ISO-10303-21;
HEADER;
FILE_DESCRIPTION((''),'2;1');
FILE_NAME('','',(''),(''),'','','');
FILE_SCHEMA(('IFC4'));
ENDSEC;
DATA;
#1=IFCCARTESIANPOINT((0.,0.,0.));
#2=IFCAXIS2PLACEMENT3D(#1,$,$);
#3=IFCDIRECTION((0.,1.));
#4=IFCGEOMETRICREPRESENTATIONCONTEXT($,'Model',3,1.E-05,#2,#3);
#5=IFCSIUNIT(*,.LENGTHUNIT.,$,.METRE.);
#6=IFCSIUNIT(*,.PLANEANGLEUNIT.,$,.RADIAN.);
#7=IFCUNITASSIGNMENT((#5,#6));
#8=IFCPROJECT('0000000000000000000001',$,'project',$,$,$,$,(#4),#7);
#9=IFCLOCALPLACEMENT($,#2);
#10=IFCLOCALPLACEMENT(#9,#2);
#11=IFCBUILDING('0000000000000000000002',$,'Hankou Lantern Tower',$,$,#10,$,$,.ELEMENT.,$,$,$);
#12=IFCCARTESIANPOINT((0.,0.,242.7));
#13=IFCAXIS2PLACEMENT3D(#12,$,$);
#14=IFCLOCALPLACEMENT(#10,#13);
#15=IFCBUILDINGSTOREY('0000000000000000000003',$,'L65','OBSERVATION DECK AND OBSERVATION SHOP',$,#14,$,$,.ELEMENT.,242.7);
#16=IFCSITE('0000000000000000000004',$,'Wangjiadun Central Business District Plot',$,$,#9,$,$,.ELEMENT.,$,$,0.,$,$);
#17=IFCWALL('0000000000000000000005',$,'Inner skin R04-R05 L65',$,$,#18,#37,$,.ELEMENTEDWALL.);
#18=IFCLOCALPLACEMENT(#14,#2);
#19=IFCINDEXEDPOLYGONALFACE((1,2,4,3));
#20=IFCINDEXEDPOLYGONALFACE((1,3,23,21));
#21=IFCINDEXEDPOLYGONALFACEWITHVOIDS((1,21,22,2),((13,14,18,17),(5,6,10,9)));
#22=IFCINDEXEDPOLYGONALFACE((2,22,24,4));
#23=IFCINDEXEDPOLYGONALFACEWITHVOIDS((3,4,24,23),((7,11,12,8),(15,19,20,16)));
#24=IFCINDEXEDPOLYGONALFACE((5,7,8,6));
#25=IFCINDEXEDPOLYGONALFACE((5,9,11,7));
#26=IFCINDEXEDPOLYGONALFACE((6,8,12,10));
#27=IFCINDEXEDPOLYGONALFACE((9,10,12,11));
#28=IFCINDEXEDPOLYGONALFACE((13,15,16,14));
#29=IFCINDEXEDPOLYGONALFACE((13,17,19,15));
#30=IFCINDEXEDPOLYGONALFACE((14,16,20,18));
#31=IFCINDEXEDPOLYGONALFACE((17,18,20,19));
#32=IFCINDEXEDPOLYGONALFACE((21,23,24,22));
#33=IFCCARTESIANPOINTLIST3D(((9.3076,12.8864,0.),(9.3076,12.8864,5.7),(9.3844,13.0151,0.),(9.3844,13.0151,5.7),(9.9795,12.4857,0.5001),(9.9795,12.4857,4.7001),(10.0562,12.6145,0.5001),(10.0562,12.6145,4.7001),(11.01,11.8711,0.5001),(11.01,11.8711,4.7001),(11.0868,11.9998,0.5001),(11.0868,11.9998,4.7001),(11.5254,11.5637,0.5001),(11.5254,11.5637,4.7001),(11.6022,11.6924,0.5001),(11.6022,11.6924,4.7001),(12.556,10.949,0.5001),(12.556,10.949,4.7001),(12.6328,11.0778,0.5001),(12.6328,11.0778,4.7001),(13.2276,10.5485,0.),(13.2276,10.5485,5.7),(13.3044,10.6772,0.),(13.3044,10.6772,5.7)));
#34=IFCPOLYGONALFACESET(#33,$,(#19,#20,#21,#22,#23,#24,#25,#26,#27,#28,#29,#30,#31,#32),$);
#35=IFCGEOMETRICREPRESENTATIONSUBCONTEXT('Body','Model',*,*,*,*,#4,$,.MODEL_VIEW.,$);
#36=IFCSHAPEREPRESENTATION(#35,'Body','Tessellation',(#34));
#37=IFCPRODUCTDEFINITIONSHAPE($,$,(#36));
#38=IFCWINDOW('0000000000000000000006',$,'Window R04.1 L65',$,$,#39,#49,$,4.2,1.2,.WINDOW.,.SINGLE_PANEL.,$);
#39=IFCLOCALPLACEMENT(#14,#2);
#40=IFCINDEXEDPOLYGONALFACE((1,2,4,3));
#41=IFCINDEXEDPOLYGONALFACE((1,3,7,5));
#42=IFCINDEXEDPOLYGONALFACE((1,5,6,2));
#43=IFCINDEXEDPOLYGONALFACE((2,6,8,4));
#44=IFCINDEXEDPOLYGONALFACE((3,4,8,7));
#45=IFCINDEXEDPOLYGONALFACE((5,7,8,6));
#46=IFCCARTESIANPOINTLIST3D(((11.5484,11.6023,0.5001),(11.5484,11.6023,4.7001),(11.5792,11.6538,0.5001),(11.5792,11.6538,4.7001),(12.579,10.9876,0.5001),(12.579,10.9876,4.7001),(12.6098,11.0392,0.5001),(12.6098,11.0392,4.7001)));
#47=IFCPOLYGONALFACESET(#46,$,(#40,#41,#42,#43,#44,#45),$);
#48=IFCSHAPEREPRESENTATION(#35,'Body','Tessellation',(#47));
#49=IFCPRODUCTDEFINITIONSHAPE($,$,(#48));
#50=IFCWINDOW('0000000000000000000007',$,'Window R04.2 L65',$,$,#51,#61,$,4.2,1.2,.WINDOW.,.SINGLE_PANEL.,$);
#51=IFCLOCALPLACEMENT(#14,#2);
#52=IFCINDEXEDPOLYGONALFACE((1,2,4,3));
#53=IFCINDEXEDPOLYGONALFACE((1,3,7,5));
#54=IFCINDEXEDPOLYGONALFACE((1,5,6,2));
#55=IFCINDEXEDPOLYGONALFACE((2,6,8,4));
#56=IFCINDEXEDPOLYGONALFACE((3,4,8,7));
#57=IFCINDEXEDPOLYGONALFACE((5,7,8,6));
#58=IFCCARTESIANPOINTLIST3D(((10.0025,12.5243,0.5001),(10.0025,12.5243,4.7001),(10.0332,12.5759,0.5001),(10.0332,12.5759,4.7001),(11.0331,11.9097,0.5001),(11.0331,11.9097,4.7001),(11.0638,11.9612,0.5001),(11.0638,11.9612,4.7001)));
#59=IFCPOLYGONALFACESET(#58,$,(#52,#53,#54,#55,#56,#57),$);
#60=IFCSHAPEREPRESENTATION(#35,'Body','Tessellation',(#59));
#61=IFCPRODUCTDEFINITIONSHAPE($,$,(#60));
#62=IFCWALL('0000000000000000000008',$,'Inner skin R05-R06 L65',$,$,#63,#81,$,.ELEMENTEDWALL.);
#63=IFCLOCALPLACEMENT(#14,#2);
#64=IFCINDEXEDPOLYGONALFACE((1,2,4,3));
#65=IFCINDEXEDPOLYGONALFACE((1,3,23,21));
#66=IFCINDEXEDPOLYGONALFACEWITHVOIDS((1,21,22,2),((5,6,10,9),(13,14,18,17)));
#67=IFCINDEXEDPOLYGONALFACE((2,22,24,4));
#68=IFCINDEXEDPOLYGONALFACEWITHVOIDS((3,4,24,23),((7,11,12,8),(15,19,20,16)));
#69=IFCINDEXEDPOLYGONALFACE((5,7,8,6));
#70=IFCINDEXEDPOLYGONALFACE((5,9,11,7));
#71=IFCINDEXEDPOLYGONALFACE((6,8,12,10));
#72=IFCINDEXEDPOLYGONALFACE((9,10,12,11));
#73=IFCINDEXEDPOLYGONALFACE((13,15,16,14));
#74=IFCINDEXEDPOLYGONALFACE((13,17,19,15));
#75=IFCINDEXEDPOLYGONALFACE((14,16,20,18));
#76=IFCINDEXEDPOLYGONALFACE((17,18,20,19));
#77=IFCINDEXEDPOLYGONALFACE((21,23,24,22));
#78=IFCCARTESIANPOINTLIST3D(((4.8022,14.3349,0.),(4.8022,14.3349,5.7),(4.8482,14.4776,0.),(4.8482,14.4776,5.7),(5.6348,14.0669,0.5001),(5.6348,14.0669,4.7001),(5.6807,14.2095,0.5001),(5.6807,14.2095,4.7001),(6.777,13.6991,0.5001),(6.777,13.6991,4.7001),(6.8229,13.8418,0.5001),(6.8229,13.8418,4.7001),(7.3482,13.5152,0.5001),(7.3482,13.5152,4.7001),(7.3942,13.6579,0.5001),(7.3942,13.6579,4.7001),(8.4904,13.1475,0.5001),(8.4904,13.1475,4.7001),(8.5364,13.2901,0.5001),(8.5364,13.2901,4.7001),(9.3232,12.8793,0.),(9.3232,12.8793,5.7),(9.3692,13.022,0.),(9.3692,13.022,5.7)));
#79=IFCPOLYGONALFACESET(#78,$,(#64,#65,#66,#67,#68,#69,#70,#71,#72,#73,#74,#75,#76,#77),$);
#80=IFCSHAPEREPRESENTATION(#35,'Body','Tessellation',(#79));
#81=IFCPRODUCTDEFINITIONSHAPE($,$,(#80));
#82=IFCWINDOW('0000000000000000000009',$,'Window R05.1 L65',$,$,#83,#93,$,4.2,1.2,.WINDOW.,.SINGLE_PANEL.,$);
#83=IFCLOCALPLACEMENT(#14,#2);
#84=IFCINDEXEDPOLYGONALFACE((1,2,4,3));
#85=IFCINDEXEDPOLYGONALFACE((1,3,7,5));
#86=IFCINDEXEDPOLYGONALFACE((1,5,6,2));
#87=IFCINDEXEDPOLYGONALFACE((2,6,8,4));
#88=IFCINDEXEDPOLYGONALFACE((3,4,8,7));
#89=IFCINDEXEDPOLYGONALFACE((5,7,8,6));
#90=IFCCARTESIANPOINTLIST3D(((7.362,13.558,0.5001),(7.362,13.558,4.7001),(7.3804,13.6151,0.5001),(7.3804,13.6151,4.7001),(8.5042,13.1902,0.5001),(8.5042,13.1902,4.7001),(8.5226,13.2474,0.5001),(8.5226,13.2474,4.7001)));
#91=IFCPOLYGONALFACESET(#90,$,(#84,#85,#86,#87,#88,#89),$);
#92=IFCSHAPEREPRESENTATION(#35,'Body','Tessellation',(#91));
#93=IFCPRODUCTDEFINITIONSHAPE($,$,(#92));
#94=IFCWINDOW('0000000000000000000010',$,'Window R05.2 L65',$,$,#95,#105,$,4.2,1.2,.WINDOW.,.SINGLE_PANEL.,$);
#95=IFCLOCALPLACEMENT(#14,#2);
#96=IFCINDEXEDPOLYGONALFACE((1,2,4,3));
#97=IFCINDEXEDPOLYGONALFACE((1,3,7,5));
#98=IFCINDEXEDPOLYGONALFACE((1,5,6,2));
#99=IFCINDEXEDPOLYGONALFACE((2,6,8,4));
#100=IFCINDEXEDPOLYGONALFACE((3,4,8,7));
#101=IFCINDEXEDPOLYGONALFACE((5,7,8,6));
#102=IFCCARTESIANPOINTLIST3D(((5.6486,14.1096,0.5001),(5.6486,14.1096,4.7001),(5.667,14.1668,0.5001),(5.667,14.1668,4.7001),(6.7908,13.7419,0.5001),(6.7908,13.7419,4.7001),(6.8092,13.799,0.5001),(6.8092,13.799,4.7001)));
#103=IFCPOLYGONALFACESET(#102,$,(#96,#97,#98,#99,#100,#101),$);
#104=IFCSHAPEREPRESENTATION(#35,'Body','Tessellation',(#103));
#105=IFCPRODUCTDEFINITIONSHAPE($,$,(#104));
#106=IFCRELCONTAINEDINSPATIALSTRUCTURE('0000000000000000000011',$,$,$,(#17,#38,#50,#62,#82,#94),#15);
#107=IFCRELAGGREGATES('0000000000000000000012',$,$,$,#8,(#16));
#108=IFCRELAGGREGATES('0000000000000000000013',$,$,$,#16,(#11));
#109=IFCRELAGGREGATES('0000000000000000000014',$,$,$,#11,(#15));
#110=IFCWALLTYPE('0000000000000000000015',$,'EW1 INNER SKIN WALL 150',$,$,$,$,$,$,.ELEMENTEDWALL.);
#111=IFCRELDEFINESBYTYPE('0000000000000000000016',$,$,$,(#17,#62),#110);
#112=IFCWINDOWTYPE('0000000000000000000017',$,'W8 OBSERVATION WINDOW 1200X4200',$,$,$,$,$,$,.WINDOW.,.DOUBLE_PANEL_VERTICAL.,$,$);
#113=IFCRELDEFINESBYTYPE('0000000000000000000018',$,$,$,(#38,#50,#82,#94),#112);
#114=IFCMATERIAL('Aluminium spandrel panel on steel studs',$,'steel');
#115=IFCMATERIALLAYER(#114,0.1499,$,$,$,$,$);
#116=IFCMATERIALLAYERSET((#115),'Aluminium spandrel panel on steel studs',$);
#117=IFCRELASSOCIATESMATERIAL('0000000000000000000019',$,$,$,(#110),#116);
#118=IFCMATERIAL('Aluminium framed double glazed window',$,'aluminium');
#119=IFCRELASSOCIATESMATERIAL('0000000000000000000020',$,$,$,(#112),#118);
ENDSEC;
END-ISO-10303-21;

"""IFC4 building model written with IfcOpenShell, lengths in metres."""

from ifc_helpers import new_model, si_unit, direction, frame, frame_2d, origin, place, context, subcontext, project, spatial, rectangle, extrude, material, layer, layer_set, type_object, element, fill, save


model = new_model("IFC4")

# Units and contexts
model_context = context("Model", 3, precision=1e-05, world=origin(), true_north=direction((0.0, 1.0)))
body_context = subcontext(model_context, "Body", "Model", "MODEL_VIEW")
ifc_project = project(units=[si_unit("LENGTHUNIT", "METRE"), si_unit("PLANEANGLEUNIT", "RADIAN")], contexts=[model_context])

# Site, building, storey
site_placement = place(None, origin())
site = spatial("IfcSite", under=ifc_project, at=site_placement, Name="Wangjiadun Central Business District Plot", CompositionType="ELEMENT", RefElevation=0.0)
building_placement = place(site_placement, origin())
building = spatial("IfcBuilding", under=site, at=building_placement, Name="Hankou Lantern Tower", CompositionType="ELEMENT")
storey_placement = place(building_placement, frame((0.0, 0.0, 242.7)))
storey = spatial("IfcBuildingStorey", under=building, at=storey_placement, Name="L65", Description="OBSERVATION DECK AND OBSERVATION SHOP", CompositionType="ELEMENT", Elevation=242.7)

# Walls, openings, windows
ifc_material_1 = material(Name="Aluminium spandrel panel on steel studs", Category="steel")
ifc_layer_1 = layer(ifc_material_1, 0.1499)
ifc_layer_set_1 = layer_set([ifc_layer_1], Name="Aluminium spandrel panel on steel studs")
wall_type = type_object("IfcWallType", Name="EW1 INNER SKIN WALL 150", PredefinedType="ELEMENTEDWALL", material=ifc_layer_set_1)
ifc_material_2 = material(Name="Aluminium framed double glazed window", Category="aluminium")
window_type = type_object("IfcWindowType", Name="W8 OBSERVATION WINDOW 1200X4200", PartitioningType="DOUBLE_PANEL_VERTICAL", PredefinedType="WINDOW", material=ifc_material_2)
wall_1_placement = place(storey_placement, frame((13.2661, 10.6128, 0.0), z_axis=(0.0, 0.0, 1.0), x_axis=(-0.858849, 0.512228, 0.0)))
wall_1 = element("IfcWall", 1, at=wall_1_placement, inside=storey, type_object=wall_type, Name="Inner skin R04-R05 L65", PredefinedType="ELEMENTEDWALL", context=body_context, shape_type="SweptSolid", body=[
    extrude(rectangle(XDim=4.5642, YDim=0.1499, at=frame_2d((2.2822, 0.0))), origin(), (0.0, 0.0, 1.0), 5.7),
])
opening_1_placement = place(wall_1_placement, frame((0.782, 0.0, 0.5)))
opening_1 = element("IfcOpeningElement", 2, at=opening_1_placement, cuts=wall_1, PredefinedType="OPENING", context=body_context, shape_type="SweptSolid", body=[
    extrude(rectangle(XDim=1.2, YDim=4.2, at=frame_2d((0.6001, 2.1001))), frame((0.0, 0.085, 0.0), z_axis=(0.0, -1.0, 0.0), x_axis=(1.0, 0.0, 0.0)), (0.0, 0.0, 1.0), 0.1699),
])
opening_2_placement = place(wall_1_placement, frame((2.582, 0.0, 0.5)))
opening_2 = element("IfcOpeningElement", 3, at=opening_2_placement, cuts=wall_1, PredefinedType="OPENING", context=body_context, shape_type="SweptSolid", body=[
    extrude(rectangle(XDim=1.2, YDim=4.2, at=frame_2d((0.6001, 2.1001))), frame((0.0, 0.085, 0.0), z_axis=(0.0, -1.0, 0.0), x_axis=(1.0, 0.0, 0.0)), (0.0, 0.0, 1.0), 0.1699),
])
window_1_placement = place(opening_1_placement, origin())
window_1 = element("IfcWindow", 4, at=window_1_placement, inside=storey, type_object=window_type, Name="Window R04.1 L65", OverallHeight=4.2, OverallWidth=1.2, PartitioningType="SINGLE_PANEL", PredefinedType="WINDOW", context=body_context, shape_type="SweptSolid", body=[
    extrude(rectangle(XDim=1.2, YDim=4.2, at=frame_2d((0.6001, 2.1001))), frame((0.0, 0.03, 0.0), z_axis=(0.0, -1.0, 0.0), x_axis=(1.0, 0.0, 0.0)), (0.0, 0.0, 1.0), 0.0601),
])
fill(opening_1, window_1)
window_2_placement = place(opening_2_placement, origin())
window_2 = element("IfcWindow", 5, at=window_2_placement, inside=storey, type_object=window_type, Name="Window R04.2 L65", OverallHeight=4.2, OverallWidth=1.2, PartitioningType="SINGLE_PANEL", PredefinedType="WINDOW", context=body_context, shape_type="SweptSolid", body=[
    extrude(rectangle(XDim=1.2, YDim=4.2, at=frame_2d((0.6001, 2.1001))), frame((0.0, 0.03, 0.0), z_axis=(0.0, -1.0, 0.0), x_axis=(1.0, 0.0, 0.0)), (0.0, 0.0, 1.0), 0.0601),
])
fill(opening_2, window_2)
wall_2_placement = place(storey_placement, frame((9.3462, 12.9507, 0.0), z_axis=(0.0, 0.0, 1.0), x_axis=(-0.951882, 0.306465, 0.0)))
wall_2 = element("IfcWall", 6, at=wall_2_placement, inside=storey, type_object=wall_type, Name="Inner skin R05-R06 L65", PredefinedType="ELEMENTEDWALL", context=body_context, shape_type="SweptSolid", body=[
    extrude(rectangle(XDim=4.7495, YDim=0.1499, at=frame_2d((2.3748, 0.0))), origin(), (0.0, 0.0, 1.0), 5.7),
])
opening_3_placement = place(wall_2_placement, frame((0.8748, 0.0, 0.5)))
opening_3 = element("IfcOpeningElement", 7, at=opening_3_placement, cuts=wall_2, PredefinedType="OPENING", context=body_context, shape_type="SweptSolid", body=[
    extrude(rectangle(XDim=1.2, YDim=4.2, at=frame_2d((0.6001, 2.1001))), frame((0.0, 0.085, 0.0), z_axis=(0.0, -1.0, 0.0), x_axis=(1.0, 0.0, 0.0)), (0.0, 0.0, 1.0), 0.1699),
])
opening_4_placement = place(wall_2_placement, frame((2.6748, 0.0, 0.5)))
opening_4 = element("IfcOpeningElement", 8, at=opening_4_placement, cuts=wall_2, PredefinedType="OPENING", context=body_context, shape_type="SweptSolid", body=[
    extrude(rectangle(XDim=1.2, YDim=4.2, at=frame_2d((0.6001, 2.1001))), frame((0.0, 0.085, 0.0), z_axis=(0.0, -1.0, 0.0), x_axis=(1.0, 0.0, 0.0)), (0.0, 0.0, 1.0), 0.1699),
])
window_3_placement = place(opening_3_placement, origin())
window_3 = element("IfcWindow", 9, at=window_3_placement, inside=storey, type_object=window_type, Name="Window R05.1 L65", OverallHeight=4.2, OverallWidth=1.2, PartitioningType="SINGLE_PANEL", PredefinedType="WINDOW", context=body_context, shape_type="SweptSolid", body=[
    extrude(rectangle(XDim=1.2, YDim=4.2, at=frame_2d((0.6001, 2.1001))), frame((0.0, 0.03, 0.0), z_axis=(0.0, -1.0, 0.0), x_axis=(1.0, 0.0, 0.0)), (0.0, 0.0, 1.0), 0.0601),
])
fill(opening_3, window_3)
window_4_placement = place(opening_4_placement, origin())
window_4 = element("IfcWindow", 10, at=window_4_placement, inside=storey, type_object=window_type, Name="Window R05.2 L65", OverallHeight=4.2, OverallWidth=1.2, PartitioningType="SINGLE_PANEL", PredefinedType="WINDOW", context=body_context, shape_type="SweptSolid", body=[
    extrude(rectangle(XDim=1.2, YDim=4.2, at=frame_2d((0.6001, 2.1001))), frame((0.0, 0.03, 0.0), z_axis=(0.0, -1.0, 0.0), x_axis=(1.0, 0.0, 0.0)), (0.0, 0.0, 1.0), 0.0601),
])
fill(opening_4, window_4)

save(model, "model.ifc")
